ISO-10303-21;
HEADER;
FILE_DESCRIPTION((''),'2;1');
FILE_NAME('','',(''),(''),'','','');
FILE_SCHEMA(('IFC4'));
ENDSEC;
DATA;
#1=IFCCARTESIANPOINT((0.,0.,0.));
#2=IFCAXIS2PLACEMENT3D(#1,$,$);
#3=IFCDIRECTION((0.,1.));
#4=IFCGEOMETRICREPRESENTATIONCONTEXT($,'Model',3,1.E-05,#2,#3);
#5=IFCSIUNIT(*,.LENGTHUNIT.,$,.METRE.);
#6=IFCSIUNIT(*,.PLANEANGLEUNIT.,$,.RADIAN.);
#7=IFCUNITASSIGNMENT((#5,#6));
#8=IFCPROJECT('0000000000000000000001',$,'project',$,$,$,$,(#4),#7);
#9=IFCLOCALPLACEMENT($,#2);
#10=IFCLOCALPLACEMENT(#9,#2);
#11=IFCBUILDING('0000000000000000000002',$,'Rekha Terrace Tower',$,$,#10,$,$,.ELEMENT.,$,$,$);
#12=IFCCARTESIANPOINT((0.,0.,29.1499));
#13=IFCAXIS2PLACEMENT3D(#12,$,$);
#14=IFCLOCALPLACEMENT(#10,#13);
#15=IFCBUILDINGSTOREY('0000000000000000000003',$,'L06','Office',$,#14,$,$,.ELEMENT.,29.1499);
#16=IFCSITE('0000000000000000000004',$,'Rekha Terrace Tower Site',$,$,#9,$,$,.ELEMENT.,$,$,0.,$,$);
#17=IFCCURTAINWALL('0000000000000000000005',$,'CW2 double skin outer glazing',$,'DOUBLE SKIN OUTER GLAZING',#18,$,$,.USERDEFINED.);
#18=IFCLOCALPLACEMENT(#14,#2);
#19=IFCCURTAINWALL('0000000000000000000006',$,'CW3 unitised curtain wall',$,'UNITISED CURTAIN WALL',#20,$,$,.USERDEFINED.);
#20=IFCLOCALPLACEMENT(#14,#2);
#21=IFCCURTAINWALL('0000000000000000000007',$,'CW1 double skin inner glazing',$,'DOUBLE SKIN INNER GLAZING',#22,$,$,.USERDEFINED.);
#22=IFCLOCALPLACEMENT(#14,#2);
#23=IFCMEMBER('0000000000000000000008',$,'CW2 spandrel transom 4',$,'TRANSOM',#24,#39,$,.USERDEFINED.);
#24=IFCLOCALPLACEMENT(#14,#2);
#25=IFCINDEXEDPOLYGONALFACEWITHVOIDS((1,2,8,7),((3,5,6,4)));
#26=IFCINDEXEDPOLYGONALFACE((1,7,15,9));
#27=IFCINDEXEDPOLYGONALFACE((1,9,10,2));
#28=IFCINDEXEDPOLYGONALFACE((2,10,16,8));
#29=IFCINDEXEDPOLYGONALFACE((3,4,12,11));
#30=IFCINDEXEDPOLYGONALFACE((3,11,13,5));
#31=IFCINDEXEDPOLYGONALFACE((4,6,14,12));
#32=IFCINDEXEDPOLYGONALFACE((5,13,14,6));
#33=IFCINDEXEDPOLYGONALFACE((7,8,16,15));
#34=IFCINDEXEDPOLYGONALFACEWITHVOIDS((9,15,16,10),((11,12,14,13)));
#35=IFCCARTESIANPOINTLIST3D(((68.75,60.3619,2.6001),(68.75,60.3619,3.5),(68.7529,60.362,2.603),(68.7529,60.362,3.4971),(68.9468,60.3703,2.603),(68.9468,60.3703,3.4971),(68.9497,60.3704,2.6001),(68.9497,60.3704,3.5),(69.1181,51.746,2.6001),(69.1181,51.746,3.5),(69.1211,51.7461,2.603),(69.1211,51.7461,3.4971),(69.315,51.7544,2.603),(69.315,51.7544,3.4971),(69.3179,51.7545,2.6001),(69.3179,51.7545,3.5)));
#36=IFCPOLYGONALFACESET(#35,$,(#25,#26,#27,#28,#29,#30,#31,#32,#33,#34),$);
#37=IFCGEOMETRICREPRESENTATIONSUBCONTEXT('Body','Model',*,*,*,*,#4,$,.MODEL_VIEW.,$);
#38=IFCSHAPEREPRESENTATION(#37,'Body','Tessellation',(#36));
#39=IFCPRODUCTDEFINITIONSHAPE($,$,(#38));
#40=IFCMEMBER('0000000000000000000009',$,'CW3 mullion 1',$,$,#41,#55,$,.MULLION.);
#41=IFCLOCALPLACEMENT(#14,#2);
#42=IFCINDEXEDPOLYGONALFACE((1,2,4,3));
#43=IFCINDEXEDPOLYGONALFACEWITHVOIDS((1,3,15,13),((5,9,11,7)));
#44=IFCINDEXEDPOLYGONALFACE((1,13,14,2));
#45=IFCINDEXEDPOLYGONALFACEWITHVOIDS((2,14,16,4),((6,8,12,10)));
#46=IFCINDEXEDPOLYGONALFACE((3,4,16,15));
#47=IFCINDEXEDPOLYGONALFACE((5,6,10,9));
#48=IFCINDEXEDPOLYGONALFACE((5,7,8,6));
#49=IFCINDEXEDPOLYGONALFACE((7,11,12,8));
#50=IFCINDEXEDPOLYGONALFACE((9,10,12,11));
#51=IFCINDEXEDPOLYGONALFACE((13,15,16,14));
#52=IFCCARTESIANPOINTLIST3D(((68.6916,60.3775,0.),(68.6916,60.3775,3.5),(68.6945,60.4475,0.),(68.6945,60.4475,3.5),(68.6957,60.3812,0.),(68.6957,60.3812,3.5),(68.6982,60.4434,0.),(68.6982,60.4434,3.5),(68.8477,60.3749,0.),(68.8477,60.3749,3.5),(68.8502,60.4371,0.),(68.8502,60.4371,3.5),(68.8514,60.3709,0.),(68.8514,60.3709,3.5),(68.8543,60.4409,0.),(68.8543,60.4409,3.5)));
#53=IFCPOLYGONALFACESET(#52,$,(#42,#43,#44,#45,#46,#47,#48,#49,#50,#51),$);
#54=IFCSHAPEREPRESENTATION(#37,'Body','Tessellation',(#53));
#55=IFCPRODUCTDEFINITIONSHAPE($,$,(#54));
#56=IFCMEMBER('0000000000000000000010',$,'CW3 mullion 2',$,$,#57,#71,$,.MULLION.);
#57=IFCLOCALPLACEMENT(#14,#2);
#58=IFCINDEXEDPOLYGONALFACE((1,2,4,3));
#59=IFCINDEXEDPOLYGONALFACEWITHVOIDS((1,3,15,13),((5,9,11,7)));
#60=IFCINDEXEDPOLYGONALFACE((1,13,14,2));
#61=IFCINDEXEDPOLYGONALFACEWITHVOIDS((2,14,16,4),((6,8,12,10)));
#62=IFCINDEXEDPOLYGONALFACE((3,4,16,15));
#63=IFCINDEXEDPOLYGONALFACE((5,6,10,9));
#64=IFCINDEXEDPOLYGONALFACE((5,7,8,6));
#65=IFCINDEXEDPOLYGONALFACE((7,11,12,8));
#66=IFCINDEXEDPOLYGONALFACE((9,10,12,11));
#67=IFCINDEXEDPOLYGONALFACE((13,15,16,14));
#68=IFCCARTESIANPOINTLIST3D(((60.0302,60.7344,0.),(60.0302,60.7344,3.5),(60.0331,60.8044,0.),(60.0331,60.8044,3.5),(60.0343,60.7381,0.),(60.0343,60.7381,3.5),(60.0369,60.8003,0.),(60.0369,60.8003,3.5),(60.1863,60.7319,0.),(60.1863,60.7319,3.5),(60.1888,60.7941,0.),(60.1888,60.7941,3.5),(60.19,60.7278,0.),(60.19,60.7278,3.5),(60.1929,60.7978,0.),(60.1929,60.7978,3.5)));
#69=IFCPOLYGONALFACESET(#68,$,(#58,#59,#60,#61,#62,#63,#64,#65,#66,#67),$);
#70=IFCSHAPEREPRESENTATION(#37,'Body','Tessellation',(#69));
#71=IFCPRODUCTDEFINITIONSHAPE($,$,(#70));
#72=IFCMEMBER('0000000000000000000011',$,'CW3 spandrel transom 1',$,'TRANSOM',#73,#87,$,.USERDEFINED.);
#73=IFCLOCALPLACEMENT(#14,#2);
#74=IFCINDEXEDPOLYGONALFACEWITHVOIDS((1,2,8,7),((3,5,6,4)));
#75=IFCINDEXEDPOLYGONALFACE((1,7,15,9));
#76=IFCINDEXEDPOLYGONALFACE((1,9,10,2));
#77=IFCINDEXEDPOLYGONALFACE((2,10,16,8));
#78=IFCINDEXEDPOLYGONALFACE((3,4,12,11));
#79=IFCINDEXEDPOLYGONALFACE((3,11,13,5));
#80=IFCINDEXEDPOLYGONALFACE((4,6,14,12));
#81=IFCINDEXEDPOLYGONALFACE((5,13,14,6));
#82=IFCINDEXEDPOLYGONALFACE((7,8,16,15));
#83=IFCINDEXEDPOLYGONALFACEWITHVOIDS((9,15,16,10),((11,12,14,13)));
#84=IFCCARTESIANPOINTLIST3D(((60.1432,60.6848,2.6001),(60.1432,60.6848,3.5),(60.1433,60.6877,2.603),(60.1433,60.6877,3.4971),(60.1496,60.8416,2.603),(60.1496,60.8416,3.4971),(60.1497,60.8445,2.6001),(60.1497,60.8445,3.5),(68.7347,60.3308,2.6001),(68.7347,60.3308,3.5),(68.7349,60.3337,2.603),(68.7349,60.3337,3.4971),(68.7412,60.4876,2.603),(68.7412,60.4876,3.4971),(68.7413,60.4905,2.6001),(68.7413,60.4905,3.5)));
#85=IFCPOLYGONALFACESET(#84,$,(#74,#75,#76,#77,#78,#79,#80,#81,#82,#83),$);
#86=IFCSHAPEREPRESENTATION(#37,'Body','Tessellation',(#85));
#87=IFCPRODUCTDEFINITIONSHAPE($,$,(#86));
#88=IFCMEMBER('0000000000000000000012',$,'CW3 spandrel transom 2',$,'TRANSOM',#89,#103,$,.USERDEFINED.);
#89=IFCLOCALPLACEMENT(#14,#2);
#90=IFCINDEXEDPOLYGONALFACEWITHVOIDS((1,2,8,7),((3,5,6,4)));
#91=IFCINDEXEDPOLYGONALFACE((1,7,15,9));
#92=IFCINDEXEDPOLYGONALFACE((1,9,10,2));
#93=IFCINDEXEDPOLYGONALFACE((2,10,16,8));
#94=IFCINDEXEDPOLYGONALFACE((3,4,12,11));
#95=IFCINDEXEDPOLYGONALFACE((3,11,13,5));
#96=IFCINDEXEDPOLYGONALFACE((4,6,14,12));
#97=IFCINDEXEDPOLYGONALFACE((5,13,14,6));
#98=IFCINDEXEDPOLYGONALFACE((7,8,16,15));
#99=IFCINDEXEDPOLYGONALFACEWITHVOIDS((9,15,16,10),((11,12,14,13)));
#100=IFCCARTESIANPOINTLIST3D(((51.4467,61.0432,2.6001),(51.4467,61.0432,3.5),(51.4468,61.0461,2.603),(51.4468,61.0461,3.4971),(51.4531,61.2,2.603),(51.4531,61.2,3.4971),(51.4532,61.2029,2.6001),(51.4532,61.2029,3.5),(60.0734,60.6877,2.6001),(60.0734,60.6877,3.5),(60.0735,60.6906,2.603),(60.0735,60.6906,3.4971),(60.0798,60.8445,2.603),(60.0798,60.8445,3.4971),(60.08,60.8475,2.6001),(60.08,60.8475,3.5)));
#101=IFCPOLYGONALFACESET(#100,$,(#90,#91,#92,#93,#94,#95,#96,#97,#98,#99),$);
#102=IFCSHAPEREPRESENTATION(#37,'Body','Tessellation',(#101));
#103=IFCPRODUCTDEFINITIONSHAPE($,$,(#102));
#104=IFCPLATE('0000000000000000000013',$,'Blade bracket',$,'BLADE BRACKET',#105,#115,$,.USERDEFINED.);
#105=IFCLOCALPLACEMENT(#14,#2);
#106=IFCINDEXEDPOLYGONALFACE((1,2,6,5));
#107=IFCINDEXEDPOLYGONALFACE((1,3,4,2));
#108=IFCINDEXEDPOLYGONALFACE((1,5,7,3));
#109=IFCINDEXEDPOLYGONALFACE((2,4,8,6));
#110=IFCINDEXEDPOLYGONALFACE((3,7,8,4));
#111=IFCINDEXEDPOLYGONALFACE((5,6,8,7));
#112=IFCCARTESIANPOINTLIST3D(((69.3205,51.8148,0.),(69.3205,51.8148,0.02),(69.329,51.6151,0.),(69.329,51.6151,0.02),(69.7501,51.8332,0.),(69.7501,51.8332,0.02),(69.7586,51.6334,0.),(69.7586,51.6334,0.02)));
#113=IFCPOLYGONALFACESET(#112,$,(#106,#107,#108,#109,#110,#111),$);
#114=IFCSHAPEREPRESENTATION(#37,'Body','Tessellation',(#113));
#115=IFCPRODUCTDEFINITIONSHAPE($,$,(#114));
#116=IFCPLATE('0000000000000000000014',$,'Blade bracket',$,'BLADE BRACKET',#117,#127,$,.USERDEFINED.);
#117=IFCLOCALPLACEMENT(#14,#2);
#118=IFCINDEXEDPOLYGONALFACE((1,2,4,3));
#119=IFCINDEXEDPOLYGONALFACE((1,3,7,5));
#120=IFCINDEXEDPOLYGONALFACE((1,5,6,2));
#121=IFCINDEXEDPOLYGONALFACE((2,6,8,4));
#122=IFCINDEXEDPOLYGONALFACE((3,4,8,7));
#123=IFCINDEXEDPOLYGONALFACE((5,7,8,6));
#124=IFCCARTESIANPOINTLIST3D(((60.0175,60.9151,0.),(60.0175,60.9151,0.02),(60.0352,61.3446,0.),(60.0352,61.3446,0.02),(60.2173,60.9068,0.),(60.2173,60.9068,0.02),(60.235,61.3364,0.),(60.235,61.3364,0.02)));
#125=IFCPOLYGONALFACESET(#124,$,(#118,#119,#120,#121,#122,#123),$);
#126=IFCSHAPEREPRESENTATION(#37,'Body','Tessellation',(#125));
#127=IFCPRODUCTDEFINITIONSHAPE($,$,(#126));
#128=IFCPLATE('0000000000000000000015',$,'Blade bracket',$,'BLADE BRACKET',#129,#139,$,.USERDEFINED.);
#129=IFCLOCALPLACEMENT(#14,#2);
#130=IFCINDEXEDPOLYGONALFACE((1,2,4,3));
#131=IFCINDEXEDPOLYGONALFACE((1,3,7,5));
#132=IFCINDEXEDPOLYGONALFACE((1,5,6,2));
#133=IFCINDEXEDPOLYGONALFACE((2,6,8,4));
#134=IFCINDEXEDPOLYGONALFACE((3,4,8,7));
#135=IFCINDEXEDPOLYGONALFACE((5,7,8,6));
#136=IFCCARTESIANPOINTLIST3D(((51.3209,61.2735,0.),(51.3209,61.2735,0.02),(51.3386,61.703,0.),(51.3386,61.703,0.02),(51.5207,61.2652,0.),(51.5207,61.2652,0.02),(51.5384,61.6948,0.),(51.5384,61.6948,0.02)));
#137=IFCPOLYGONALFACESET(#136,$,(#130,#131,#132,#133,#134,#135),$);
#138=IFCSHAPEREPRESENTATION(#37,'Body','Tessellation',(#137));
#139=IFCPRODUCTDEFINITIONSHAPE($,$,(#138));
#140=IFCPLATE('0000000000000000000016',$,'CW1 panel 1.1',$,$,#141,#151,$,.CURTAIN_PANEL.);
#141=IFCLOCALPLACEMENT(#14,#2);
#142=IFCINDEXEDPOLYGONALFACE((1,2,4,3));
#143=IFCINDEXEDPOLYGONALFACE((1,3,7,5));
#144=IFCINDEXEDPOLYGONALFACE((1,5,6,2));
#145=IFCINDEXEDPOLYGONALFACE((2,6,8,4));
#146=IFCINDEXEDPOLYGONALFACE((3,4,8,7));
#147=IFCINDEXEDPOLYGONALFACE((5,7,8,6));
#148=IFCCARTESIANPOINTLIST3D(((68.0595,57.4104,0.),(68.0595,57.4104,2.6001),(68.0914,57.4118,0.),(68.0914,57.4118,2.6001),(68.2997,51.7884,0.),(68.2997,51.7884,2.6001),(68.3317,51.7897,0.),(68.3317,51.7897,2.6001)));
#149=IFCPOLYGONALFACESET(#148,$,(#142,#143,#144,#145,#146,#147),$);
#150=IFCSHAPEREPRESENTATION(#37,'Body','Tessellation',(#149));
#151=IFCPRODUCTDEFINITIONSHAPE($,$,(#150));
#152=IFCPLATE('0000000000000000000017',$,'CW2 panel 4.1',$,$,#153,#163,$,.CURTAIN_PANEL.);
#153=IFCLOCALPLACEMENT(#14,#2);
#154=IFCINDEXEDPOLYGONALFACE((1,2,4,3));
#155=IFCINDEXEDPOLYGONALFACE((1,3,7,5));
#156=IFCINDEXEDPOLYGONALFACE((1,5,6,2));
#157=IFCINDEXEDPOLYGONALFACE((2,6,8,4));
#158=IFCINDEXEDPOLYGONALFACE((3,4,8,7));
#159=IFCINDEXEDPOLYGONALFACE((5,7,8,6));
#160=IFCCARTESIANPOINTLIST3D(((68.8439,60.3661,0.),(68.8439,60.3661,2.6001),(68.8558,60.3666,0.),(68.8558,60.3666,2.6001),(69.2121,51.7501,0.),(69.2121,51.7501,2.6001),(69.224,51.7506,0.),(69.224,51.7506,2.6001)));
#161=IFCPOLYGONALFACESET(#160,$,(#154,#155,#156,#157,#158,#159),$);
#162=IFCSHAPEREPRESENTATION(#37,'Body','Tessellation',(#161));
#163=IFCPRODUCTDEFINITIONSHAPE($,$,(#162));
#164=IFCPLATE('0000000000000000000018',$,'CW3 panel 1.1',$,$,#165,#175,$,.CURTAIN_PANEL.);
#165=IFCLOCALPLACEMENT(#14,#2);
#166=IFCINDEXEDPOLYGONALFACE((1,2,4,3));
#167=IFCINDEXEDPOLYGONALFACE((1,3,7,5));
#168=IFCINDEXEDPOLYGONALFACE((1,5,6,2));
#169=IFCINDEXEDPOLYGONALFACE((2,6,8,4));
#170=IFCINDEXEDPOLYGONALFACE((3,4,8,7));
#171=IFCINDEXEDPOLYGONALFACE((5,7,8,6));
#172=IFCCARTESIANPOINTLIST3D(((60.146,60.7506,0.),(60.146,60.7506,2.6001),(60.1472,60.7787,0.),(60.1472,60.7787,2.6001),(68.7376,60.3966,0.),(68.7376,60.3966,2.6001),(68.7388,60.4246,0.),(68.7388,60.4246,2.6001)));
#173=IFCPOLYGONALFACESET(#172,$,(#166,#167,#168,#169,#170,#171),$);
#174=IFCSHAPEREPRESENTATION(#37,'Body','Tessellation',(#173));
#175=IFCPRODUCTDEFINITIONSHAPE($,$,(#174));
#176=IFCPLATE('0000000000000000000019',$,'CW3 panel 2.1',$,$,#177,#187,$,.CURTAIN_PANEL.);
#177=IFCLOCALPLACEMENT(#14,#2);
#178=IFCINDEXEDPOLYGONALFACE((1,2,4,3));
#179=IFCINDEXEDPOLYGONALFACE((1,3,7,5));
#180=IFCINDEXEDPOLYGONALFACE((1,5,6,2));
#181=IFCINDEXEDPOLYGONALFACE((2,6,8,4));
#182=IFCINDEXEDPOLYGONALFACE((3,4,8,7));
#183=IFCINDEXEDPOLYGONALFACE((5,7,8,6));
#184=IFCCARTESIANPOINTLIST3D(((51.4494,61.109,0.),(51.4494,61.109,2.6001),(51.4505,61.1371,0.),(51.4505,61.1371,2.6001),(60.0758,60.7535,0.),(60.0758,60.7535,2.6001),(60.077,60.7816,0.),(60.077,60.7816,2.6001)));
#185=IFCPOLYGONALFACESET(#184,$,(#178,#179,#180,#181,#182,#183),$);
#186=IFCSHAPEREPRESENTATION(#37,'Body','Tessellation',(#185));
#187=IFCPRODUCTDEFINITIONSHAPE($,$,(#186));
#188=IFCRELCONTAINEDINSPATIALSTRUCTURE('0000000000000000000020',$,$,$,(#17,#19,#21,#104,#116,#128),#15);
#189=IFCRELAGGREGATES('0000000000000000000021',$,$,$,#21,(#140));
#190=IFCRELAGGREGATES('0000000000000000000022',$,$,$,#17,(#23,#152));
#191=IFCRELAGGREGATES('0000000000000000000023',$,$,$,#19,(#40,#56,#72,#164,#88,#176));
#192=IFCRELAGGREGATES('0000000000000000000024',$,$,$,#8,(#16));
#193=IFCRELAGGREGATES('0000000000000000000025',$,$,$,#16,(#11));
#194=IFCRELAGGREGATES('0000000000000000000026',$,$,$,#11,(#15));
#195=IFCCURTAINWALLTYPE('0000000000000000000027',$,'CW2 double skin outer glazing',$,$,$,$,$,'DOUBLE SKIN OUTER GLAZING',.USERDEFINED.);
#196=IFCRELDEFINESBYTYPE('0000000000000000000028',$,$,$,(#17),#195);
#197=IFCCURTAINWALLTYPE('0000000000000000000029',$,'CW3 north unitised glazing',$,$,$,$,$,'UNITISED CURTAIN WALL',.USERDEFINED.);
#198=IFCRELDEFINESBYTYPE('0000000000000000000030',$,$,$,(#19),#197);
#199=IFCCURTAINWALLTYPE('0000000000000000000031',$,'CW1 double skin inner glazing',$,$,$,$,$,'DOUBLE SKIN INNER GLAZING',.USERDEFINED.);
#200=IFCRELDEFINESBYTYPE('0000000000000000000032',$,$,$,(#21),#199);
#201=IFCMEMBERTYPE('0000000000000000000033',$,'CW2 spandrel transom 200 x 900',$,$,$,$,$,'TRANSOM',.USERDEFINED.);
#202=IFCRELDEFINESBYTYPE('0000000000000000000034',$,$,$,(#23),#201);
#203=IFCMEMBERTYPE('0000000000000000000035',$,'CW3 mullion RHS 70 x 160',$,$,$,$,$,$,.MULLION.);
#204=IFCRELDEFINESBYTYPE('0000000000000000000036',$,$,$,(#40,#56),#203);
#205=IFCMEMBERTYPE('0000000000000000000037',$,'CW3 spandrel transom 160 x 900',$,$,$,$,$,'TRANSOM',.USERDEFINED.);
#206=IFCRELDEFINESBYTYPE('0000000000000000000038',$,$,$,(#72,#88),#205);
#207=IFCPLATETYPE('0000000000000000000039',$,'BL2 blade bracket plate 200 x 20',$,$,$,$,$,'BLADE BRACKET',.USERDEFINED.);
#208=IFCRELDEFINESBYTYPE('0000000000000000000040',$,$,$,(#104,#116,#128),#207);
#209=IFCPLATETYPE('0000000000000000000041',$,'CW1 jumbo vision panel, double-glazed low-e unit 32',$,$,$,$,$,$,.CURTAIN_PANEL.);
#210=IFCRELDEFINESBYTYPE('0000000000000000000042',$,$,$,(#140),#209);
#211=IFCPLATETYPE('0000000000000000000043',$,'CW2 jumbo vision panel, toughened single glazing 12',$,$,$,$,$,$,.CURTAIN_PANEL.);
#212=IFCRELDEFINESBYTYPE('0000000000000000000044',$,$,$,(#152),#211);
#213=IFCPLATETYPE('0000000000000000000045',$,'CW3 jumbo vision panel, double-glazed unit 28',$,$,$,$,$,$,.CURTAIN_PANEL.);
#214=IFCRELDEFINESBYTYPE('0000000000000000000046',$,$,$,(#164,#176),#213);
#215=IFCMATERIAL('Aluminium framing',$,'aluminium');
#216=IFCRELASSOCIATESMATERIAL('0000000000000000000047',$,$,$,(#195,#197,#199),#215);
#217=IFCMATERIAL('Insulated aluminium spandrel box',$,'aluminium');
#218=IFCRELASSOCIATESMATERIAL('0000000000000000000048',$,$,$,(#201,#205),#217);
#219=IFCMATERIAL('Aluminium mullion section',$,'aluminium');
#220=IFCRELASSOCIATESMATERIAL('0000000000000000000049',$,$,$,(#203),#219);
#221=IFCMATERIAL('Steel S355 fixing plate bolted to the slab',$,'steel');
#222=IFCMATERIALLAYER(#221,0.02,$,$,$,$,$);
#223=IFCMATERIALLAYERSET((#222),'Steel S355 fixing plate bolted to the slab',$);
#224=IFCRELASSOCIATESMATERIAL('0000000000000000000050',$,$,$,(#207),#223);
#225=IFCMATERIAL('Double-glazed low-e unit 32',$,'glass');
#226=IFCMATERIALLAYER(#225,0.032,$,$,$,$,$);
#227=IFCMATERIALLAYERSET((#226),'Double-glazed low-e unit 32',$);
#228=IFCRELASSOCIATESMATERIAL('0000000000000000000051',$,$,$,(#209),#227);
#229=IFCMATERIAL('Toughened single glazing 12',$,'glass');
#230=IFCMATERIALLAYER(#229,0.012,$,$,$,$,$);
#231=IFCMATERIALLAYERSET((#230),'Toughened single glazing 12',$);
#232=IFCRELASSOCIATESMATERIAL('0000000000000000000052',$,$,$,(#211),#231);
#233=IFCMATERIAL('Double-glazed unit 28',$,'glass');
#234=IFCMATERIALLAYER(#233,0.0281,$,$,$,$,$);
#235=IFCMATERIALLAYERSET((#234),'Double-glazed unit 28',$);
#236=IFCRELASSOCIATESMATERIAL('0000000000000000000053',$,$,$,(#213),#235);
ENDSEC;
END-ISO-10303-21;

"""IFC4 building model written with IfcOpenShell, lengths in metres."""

from ifc_helpers import new_model, si_unit, direction, frame, origin, origin_2d, place, context, subcontext, project, spatial, rectangle, hollow_rectangle, extrude, material, layer, layer_set, material_profile, profile_set, type_object, element, aggregate, save


model = new_model("IFC4")

# Units and contexts
model_context = context("Model", 3, precision=1e-05, world=origin(), true_north=direction((0.0, 1.0)))
body_context = subcontext(model_context, "Body", "Model", "MODEL_VIEW")
ifc_project = project(units=[si_unit("LENGTHUNIT", "METRE"), si_unit("PLANEANGLEUNIT", "RADIAN")], contexts=[model_context])

# Site, building, storey
site_placement = place(None, origin())
site = spatial("IfcSite", under=ifc_project, at=site_placement, Name="Rekha Terrace Tower Site", CompositionType="ELEMENT", RefElevation=0.0)
building_placement = place(site_placement, origin())
building = spatial("IfcBuilding", under=site, at=building_placement, Name="Rekha Terrace Tower", CompositionType="ELEMENT")
storey_placement = place(building_placement, frame((0.0, 0.0, 29.1499)))
storey = spatial("IfcBuildingStorey", under=building, at=storey_placement, Name="L06", Description="Office", CompositionType="ELEMENT", Elevation=29.1499)

# Curtain wall
ifc_material_1 = material(Name="Aluminium framing", Category="aluminium")
curtain_wall_type_1 = type_object("IfcCurtainWallType", Name="CW2 double skin outer glazing", ElementType="DOUBLE SKIN OUTER GLAZING", PredefinedType="USERDEFINED", material=ifc_material_1)
curtain_wall_1_placement = place(storey_placement, origin())
curtain_wall_1 = element("IfcCurtainWall", 1, at=curtain_wall_1_placement, inside=storey, type_object=curtain_wall_type_1, Name="CW2 double skin outer glazing", ObjectType="DOUBLE SKIN OUTER GLAZING", PredefinedType="USERDEFINED")

# Curtain walls
curtain_wall_type_2 = type_object("IfcCurtainWallType", Name="CW3 north unitised glazing", ElementType="UNITISED CURTAIN WALL", PredefinedType="USERDEFINED", material=ifc_material_1)
curtain_wall_2_placement = place(storey_placement, origin())
curtain_wall_2 = element("IfcCurtainWall", 2, at=curtain_wall_2_placement, inside=storey, type_object=curtain_wall_type_2, Name="CW3 unitised curtain wall", ObjectType="UNITISED CURTAIN WALL", PredefinedType="USERDEFINED")
curtain_wall_type_3 = type_object("IfcCurtainWallType", Name="CW1 double skin inner glazing", ElementType="DOUBLE SKIN INNER GLAZING", PredefinedType="USERDEFINED", material=ifc_material_1)
curtain_wall_3_placement = place(storey_placement, origin())
curtain_wall_3 = element("IfcCurtainWall", 3, at=curtain_wall_3_placement, inside=storey, type_object=curtain_wall_type_3, Name="CW1 double skin inner glazing", ObjectType="DOUBLE SKIN INNER GLAZING", PredefinedType="USERDEFINED")
ifc_material_2 = material(Name="Aluminium mullion section", Category="aluminium")
ifc_material_3 = material(Name="Insulated aluminium spandrel box", Category="aluminium")

# Members
ifc_material_profile_1 = material_profile(ifc_material_3, hollow_rectangle(XDim=0.2, YDim=0.8999, WallThickness=0.0029, at=origin_2d()), Name="AL SPANDREL BOX 200x900")
ifc_profile_set_1 = profile_set([ifc_material_profile_1], Name="Insulated aluminium spandrel box")
member_type_1 = type_object("IfcMemberType", Name="CW2 spandrel transom 200 x 900", ElementType="TRANSOM", PredefinedType="USERDEFINED", material=ifc_profile_set_1)
member_1_placement = place(storey_placement, frame((69.218, 51.7502, 3.05), z_axis=(-0.042691, 0.999088, 0.0), x_axis=(-0.999088, -0.042691, 0.0)))
member_1 = element("IfcMember", 4, at=member_1_placement, type_object=member_type_1, Name="CW2 spandrel transom 4", ObjectType="TRANSOM", PredefinedType="USERDEFINED", context=body_context, shape_type="SweptSolid", body=[
    extrude(hollow_rectangle(XDim=0.2, YDim=0.8999, WallThickness=0.0029, at=origin_2d()), origin(), (0.0, 0.0, 1.0), 8.6238),
])
ifc_material_profile_2 = material_profile(ifc_material_2, hollow_rectangle(XDim=0.0701, YDim=0.1599, WallThickness=0.0039, at=origin_2d()), Name="AL RHS 70x160")
ifc_profile_set_2 = profile_set([ifc_material_profile_2], Name="Aluminium mullion section")
member_type_2 = type_object("IfcMemberType", Name="CW3 mullion RHS 70 x 160", PredefinedType="MULLION", material=ifc_profile_set_2)
member_2_placement = place(storey_placement, frame((68.7729, 60.4092, 0.0), z_axis=(0.0, 0.0, 1.0), x_axis=(-0.041174, -0.999152, 0.0)))
member_2 = element("IfcMember", 5, at=member_2_placement, type_object=member_type_2, Name="CW3 mullion 1", PredefinedType="MULLION", context=body_context, shape_type="SweptSolid", body=[
    extrude(hollow_rectangle(XDim=0.0701, YDim=0.1599, WallThickness=0.0039, at=origin_2d()), origin(), (0.0, 0.0, 1.0), 3.5),
])
member_3_placement = place(storey_placement, frame((60.1116, 60.7661, 0.0), z_axis=(0.0, 0.0, 1.0), x_axis=(-0.041174, -0.999152, 0.0)))
member_3 = element("IfcMember", 6, at=member_3_placement, type_object=member_type_2, Name="CW3 mullion 2", PredefinedType="MULLION", context=body_context, shape_type="SweptSolid", body=[
    extrude(hollow_rectangle(XDim=0.0701, YDim=0.1599, WallThickness=0.0039, at=origin_2d()), origin(), (0.0, 0.0, 1.0), 3.5),
])
ifc_material_profile_3 = material_profile(ifc_material_3, hollow_rectangle(XDim=0.1599, YDim=0.8999, WallThickness=0.0029, at=origin_2d()), Name="AL SPANDREL BOX 160x900")
ifc_profile_set_3 = profile_set([ifc_material_profile_3], Name="Insulated aluminium spandrel box")
member_type_3 = type_object("IfcMemberType", Name="CW3 spandrel transom 160 x 900", ElementType="TRANSOM", PredefinedType="USERDEFINED", material=ifc_profile_set_3)
member_4_placement = place(storey_placement, frame((68.738, 60.4106, 3.05), z_axis=(-0.999152, 0.041169, 0.0), x_axis=(-0.041169, -0.999152, 0.0)))
member_4 = element("IfcMember", 7, at=member_4_placement, type_object=member_type_3, Name="CW3 spandrel transom 1", ObjectType="TRANSOM", PredefinedType="USERDEFINED", context=body_context, shape_type="SweptSolid", body=[
    extrude(hollow_rectangle(XDim=0.1599, YDim=0.8999, WallThickness=0.0029, at=origin_2d()), origin(), (0.0, 0.0, 1.0), 8.5989),
])
member_5_placement = place(storey_placement, frame((60.0767, 60.7676, 3.05), z_axis=(-0.999152, 0.041171, 0.0), x_axis=(-0.041171, -0.999152, 0.0)))
member_5 = element("IfcMember", 8, at=member_5_placement, type_object=member_type_3, Name="CW3 spandrel transom 2", ObjectType="TRANSOM", PredefinedType="USERDEFINED", context=body_context, shape_type="SweptSolid", body=[
    extrude(hollow_rectangle(XDim=0.1599, YDim=0.8999, WallThickness=0.0029, at=origin_2d()), origin(), (0.0, 0.0, 1.0), 8.634),
])

# Plates
ifc_material_4 = material(Name="Steel S355 fixing plate bolted to the slab", Category="steel")
ifc_layer_1 = layer(ifc_material_4, 0.02)
ifc_layer_set_1 = layer_set([ifc_layer_1], Name="Steel S355 fixing plate bolted to the slab")
plate_type_1 = type_object("IfcPlateType", Name="BL2 blade bracket plate 200 x 20", ElementType="BLADE BRACKET", PredefinedType="USERDEFINED", material=ifc_layer_set_1)
for number, where, z_axis, x_axis, name in (
    (9, (69.5396, 51.7241, 0.0), (0.0, 0.0, 1.0), (0.999088, 0.042695, 0.0), "Blade bracket"),
    (10, (60.1262, 61.1257, 0.0), (0.0, 0.0, 1.0), (0.041175, 0.999152, 0.0), "Blade bracket"),
    (11, (51.4297, 61.4841, 0.0), (0.0, 0.0, 1.0), (0.041175, 0.999152, 0.0), "Blade bracket"),
):
    element("IfcPlate", number, at=place(storey_placement, frame(where, z_axis=z_axis, x_axis=x_axis)), inside=storey, type_object=plate_type_1, Name=name, ObjectType="BLADE BRACKET", PredefinedType="USERDEFINED", context=body_context, shape_type="SweptSolid", body=[
        extrude(rectangle(XDim=0.4299, YDim=0.2, at=origin_2d()), origin(), (0.0, 0.0, 1.0), 0.02),
    ])

# Plates
ifc_material_5 = material(Name="Double-glazed low-e unit 32", Category="glass")
ifc_layer_2 = layer(ifc_material_5, 0.032)
ifc_layer_set_2 = layer_set([ifc_layer_2], Name="Double-glazed low-e unit 32")
plate_type_2 = type_object("IfcPlateType", Name="CW1 jumbo vision panel, double-glazed low-e unit 32", PredefinedType="CURTAIN_PANEL", material=ifc_layer_set_2)
plate_1_placement = place(storey_placement, frame((68.1956, 54.6001, 0.0), z_axis=(0.0, 0.0, 1.0), x_axis=(-0.042696, 0.999088, 0.0)))
plate_1 = element("IfcPlate", 12, at=plate_1_placement, type_object=plate_type_2, Name="CW1 panel 1.1", PredefinedType="CURTAIN_PANEL", context=body_context, shape_type="SweptSolid", body=[
    extrude(rectangle(XDim=5.6272, YDim=0.032, at=origin_2d()), origin(), (0.0, 0.0, 1.0), 2.6001),
])
aggregate(curtain_wall_3, [plate_1])
ifc_material_6 = material(Name="Toughened single glazing 12", Category="glass")
ifc_layer_3 = layer(ifc_material_6, 0.012)
ifc_layer_set_3 = layer_set([ifc_layer_3], Name="Toughened single glazing 12")
plate_type_3 = type_object("IfcPlateType", Name="CW2 jumbo vision panel, toughened single glazing 12", PredefinedType="CURTAIN_PANEL", material=ifc_layer_set_3)
plate_2_placement = place(storey_placement, frame((69.0339, 56.0583, 0.0), z_axis=(0.0, 0.0, 1.0), x_axis=(-0.042696, 0.999088, 0.0)))
plate_2 = element("IfcPlate", 13, at=plate_2_placement, type_object=plate_type_3, Name="CW2 panel 4.1", PredefinedType="CURTAIN_PANEL", context=body_context, shape_type="SweptSolid", body=[
    extrude(rectangle(XDim=8.6238, YDim=0.012, at=origin_2d()), origin(), (0.0, 0.0, 1.0), 2.6001),
])
aggregate(curtain_wall_1, [member_1, plate_2])
ifc_material_7 = material(Name="Double-glazed unit 28", Category="glass")
ifc_layer_4 = layer(ifc_material_7, 0.0281)
ifc_layer_set_4 = layer_set([ifc_layer_4], Name="Double-glazed unit 28")
plate_type_4 = type_object("IfcPlateType", Name="CW3 jumbo vision panel, double-glazed unit 28", PredefinedType="CURTAIN_PANEL", material=ifc_layer_set_4)
plate_3_placement = place(storey_placement, frame((64.4424, 60.5876, 0.0), z_axis=(0.0, 0.0, 1.0), x_axis=(-0.999152, 0.041174, 0.0)))
plate_3 = element("IfcPlate", 14, at=plate_3_placement, type_object=plate_type_4, Name="CW3 panel 1.1", PredefinedType="CURTAIN_PANEL", context=body_context, shape_type="SweptSolid", body=[
    extrude(rectangle(XDim=8.5989, YDim=0.0281, at=origin_2d()), origin(), (0.0, 0.0, 1.0), 2.6001),
])
plate_4_placement = place(storey_placement, frame((55.7632, 60.9453, 0.0), z_axis=(0.0, 0.0, 1.0), x_axis=(-0.999152, 0.041174, 0.0)))
plate_4 = element("IfcPlate", 15, at=plate_4_placement, type_object=plate_type_4, Name="CW3 panel 2.1", PredefinedType="CURTAIN_PANEL", context=body_context, shape_type="SweptSolid", body=[
    extrude(rectangle(XDim=8.6338, YDim=0.0281, at=origin_2d()), origin(), (0.0, 0.0, 1.0), 2.6001),
])
aggregate(curtain_wall_2, [member_2, member_3, member_4, plate_3, member_5, plate_4])

save(model, "model.ifc")
